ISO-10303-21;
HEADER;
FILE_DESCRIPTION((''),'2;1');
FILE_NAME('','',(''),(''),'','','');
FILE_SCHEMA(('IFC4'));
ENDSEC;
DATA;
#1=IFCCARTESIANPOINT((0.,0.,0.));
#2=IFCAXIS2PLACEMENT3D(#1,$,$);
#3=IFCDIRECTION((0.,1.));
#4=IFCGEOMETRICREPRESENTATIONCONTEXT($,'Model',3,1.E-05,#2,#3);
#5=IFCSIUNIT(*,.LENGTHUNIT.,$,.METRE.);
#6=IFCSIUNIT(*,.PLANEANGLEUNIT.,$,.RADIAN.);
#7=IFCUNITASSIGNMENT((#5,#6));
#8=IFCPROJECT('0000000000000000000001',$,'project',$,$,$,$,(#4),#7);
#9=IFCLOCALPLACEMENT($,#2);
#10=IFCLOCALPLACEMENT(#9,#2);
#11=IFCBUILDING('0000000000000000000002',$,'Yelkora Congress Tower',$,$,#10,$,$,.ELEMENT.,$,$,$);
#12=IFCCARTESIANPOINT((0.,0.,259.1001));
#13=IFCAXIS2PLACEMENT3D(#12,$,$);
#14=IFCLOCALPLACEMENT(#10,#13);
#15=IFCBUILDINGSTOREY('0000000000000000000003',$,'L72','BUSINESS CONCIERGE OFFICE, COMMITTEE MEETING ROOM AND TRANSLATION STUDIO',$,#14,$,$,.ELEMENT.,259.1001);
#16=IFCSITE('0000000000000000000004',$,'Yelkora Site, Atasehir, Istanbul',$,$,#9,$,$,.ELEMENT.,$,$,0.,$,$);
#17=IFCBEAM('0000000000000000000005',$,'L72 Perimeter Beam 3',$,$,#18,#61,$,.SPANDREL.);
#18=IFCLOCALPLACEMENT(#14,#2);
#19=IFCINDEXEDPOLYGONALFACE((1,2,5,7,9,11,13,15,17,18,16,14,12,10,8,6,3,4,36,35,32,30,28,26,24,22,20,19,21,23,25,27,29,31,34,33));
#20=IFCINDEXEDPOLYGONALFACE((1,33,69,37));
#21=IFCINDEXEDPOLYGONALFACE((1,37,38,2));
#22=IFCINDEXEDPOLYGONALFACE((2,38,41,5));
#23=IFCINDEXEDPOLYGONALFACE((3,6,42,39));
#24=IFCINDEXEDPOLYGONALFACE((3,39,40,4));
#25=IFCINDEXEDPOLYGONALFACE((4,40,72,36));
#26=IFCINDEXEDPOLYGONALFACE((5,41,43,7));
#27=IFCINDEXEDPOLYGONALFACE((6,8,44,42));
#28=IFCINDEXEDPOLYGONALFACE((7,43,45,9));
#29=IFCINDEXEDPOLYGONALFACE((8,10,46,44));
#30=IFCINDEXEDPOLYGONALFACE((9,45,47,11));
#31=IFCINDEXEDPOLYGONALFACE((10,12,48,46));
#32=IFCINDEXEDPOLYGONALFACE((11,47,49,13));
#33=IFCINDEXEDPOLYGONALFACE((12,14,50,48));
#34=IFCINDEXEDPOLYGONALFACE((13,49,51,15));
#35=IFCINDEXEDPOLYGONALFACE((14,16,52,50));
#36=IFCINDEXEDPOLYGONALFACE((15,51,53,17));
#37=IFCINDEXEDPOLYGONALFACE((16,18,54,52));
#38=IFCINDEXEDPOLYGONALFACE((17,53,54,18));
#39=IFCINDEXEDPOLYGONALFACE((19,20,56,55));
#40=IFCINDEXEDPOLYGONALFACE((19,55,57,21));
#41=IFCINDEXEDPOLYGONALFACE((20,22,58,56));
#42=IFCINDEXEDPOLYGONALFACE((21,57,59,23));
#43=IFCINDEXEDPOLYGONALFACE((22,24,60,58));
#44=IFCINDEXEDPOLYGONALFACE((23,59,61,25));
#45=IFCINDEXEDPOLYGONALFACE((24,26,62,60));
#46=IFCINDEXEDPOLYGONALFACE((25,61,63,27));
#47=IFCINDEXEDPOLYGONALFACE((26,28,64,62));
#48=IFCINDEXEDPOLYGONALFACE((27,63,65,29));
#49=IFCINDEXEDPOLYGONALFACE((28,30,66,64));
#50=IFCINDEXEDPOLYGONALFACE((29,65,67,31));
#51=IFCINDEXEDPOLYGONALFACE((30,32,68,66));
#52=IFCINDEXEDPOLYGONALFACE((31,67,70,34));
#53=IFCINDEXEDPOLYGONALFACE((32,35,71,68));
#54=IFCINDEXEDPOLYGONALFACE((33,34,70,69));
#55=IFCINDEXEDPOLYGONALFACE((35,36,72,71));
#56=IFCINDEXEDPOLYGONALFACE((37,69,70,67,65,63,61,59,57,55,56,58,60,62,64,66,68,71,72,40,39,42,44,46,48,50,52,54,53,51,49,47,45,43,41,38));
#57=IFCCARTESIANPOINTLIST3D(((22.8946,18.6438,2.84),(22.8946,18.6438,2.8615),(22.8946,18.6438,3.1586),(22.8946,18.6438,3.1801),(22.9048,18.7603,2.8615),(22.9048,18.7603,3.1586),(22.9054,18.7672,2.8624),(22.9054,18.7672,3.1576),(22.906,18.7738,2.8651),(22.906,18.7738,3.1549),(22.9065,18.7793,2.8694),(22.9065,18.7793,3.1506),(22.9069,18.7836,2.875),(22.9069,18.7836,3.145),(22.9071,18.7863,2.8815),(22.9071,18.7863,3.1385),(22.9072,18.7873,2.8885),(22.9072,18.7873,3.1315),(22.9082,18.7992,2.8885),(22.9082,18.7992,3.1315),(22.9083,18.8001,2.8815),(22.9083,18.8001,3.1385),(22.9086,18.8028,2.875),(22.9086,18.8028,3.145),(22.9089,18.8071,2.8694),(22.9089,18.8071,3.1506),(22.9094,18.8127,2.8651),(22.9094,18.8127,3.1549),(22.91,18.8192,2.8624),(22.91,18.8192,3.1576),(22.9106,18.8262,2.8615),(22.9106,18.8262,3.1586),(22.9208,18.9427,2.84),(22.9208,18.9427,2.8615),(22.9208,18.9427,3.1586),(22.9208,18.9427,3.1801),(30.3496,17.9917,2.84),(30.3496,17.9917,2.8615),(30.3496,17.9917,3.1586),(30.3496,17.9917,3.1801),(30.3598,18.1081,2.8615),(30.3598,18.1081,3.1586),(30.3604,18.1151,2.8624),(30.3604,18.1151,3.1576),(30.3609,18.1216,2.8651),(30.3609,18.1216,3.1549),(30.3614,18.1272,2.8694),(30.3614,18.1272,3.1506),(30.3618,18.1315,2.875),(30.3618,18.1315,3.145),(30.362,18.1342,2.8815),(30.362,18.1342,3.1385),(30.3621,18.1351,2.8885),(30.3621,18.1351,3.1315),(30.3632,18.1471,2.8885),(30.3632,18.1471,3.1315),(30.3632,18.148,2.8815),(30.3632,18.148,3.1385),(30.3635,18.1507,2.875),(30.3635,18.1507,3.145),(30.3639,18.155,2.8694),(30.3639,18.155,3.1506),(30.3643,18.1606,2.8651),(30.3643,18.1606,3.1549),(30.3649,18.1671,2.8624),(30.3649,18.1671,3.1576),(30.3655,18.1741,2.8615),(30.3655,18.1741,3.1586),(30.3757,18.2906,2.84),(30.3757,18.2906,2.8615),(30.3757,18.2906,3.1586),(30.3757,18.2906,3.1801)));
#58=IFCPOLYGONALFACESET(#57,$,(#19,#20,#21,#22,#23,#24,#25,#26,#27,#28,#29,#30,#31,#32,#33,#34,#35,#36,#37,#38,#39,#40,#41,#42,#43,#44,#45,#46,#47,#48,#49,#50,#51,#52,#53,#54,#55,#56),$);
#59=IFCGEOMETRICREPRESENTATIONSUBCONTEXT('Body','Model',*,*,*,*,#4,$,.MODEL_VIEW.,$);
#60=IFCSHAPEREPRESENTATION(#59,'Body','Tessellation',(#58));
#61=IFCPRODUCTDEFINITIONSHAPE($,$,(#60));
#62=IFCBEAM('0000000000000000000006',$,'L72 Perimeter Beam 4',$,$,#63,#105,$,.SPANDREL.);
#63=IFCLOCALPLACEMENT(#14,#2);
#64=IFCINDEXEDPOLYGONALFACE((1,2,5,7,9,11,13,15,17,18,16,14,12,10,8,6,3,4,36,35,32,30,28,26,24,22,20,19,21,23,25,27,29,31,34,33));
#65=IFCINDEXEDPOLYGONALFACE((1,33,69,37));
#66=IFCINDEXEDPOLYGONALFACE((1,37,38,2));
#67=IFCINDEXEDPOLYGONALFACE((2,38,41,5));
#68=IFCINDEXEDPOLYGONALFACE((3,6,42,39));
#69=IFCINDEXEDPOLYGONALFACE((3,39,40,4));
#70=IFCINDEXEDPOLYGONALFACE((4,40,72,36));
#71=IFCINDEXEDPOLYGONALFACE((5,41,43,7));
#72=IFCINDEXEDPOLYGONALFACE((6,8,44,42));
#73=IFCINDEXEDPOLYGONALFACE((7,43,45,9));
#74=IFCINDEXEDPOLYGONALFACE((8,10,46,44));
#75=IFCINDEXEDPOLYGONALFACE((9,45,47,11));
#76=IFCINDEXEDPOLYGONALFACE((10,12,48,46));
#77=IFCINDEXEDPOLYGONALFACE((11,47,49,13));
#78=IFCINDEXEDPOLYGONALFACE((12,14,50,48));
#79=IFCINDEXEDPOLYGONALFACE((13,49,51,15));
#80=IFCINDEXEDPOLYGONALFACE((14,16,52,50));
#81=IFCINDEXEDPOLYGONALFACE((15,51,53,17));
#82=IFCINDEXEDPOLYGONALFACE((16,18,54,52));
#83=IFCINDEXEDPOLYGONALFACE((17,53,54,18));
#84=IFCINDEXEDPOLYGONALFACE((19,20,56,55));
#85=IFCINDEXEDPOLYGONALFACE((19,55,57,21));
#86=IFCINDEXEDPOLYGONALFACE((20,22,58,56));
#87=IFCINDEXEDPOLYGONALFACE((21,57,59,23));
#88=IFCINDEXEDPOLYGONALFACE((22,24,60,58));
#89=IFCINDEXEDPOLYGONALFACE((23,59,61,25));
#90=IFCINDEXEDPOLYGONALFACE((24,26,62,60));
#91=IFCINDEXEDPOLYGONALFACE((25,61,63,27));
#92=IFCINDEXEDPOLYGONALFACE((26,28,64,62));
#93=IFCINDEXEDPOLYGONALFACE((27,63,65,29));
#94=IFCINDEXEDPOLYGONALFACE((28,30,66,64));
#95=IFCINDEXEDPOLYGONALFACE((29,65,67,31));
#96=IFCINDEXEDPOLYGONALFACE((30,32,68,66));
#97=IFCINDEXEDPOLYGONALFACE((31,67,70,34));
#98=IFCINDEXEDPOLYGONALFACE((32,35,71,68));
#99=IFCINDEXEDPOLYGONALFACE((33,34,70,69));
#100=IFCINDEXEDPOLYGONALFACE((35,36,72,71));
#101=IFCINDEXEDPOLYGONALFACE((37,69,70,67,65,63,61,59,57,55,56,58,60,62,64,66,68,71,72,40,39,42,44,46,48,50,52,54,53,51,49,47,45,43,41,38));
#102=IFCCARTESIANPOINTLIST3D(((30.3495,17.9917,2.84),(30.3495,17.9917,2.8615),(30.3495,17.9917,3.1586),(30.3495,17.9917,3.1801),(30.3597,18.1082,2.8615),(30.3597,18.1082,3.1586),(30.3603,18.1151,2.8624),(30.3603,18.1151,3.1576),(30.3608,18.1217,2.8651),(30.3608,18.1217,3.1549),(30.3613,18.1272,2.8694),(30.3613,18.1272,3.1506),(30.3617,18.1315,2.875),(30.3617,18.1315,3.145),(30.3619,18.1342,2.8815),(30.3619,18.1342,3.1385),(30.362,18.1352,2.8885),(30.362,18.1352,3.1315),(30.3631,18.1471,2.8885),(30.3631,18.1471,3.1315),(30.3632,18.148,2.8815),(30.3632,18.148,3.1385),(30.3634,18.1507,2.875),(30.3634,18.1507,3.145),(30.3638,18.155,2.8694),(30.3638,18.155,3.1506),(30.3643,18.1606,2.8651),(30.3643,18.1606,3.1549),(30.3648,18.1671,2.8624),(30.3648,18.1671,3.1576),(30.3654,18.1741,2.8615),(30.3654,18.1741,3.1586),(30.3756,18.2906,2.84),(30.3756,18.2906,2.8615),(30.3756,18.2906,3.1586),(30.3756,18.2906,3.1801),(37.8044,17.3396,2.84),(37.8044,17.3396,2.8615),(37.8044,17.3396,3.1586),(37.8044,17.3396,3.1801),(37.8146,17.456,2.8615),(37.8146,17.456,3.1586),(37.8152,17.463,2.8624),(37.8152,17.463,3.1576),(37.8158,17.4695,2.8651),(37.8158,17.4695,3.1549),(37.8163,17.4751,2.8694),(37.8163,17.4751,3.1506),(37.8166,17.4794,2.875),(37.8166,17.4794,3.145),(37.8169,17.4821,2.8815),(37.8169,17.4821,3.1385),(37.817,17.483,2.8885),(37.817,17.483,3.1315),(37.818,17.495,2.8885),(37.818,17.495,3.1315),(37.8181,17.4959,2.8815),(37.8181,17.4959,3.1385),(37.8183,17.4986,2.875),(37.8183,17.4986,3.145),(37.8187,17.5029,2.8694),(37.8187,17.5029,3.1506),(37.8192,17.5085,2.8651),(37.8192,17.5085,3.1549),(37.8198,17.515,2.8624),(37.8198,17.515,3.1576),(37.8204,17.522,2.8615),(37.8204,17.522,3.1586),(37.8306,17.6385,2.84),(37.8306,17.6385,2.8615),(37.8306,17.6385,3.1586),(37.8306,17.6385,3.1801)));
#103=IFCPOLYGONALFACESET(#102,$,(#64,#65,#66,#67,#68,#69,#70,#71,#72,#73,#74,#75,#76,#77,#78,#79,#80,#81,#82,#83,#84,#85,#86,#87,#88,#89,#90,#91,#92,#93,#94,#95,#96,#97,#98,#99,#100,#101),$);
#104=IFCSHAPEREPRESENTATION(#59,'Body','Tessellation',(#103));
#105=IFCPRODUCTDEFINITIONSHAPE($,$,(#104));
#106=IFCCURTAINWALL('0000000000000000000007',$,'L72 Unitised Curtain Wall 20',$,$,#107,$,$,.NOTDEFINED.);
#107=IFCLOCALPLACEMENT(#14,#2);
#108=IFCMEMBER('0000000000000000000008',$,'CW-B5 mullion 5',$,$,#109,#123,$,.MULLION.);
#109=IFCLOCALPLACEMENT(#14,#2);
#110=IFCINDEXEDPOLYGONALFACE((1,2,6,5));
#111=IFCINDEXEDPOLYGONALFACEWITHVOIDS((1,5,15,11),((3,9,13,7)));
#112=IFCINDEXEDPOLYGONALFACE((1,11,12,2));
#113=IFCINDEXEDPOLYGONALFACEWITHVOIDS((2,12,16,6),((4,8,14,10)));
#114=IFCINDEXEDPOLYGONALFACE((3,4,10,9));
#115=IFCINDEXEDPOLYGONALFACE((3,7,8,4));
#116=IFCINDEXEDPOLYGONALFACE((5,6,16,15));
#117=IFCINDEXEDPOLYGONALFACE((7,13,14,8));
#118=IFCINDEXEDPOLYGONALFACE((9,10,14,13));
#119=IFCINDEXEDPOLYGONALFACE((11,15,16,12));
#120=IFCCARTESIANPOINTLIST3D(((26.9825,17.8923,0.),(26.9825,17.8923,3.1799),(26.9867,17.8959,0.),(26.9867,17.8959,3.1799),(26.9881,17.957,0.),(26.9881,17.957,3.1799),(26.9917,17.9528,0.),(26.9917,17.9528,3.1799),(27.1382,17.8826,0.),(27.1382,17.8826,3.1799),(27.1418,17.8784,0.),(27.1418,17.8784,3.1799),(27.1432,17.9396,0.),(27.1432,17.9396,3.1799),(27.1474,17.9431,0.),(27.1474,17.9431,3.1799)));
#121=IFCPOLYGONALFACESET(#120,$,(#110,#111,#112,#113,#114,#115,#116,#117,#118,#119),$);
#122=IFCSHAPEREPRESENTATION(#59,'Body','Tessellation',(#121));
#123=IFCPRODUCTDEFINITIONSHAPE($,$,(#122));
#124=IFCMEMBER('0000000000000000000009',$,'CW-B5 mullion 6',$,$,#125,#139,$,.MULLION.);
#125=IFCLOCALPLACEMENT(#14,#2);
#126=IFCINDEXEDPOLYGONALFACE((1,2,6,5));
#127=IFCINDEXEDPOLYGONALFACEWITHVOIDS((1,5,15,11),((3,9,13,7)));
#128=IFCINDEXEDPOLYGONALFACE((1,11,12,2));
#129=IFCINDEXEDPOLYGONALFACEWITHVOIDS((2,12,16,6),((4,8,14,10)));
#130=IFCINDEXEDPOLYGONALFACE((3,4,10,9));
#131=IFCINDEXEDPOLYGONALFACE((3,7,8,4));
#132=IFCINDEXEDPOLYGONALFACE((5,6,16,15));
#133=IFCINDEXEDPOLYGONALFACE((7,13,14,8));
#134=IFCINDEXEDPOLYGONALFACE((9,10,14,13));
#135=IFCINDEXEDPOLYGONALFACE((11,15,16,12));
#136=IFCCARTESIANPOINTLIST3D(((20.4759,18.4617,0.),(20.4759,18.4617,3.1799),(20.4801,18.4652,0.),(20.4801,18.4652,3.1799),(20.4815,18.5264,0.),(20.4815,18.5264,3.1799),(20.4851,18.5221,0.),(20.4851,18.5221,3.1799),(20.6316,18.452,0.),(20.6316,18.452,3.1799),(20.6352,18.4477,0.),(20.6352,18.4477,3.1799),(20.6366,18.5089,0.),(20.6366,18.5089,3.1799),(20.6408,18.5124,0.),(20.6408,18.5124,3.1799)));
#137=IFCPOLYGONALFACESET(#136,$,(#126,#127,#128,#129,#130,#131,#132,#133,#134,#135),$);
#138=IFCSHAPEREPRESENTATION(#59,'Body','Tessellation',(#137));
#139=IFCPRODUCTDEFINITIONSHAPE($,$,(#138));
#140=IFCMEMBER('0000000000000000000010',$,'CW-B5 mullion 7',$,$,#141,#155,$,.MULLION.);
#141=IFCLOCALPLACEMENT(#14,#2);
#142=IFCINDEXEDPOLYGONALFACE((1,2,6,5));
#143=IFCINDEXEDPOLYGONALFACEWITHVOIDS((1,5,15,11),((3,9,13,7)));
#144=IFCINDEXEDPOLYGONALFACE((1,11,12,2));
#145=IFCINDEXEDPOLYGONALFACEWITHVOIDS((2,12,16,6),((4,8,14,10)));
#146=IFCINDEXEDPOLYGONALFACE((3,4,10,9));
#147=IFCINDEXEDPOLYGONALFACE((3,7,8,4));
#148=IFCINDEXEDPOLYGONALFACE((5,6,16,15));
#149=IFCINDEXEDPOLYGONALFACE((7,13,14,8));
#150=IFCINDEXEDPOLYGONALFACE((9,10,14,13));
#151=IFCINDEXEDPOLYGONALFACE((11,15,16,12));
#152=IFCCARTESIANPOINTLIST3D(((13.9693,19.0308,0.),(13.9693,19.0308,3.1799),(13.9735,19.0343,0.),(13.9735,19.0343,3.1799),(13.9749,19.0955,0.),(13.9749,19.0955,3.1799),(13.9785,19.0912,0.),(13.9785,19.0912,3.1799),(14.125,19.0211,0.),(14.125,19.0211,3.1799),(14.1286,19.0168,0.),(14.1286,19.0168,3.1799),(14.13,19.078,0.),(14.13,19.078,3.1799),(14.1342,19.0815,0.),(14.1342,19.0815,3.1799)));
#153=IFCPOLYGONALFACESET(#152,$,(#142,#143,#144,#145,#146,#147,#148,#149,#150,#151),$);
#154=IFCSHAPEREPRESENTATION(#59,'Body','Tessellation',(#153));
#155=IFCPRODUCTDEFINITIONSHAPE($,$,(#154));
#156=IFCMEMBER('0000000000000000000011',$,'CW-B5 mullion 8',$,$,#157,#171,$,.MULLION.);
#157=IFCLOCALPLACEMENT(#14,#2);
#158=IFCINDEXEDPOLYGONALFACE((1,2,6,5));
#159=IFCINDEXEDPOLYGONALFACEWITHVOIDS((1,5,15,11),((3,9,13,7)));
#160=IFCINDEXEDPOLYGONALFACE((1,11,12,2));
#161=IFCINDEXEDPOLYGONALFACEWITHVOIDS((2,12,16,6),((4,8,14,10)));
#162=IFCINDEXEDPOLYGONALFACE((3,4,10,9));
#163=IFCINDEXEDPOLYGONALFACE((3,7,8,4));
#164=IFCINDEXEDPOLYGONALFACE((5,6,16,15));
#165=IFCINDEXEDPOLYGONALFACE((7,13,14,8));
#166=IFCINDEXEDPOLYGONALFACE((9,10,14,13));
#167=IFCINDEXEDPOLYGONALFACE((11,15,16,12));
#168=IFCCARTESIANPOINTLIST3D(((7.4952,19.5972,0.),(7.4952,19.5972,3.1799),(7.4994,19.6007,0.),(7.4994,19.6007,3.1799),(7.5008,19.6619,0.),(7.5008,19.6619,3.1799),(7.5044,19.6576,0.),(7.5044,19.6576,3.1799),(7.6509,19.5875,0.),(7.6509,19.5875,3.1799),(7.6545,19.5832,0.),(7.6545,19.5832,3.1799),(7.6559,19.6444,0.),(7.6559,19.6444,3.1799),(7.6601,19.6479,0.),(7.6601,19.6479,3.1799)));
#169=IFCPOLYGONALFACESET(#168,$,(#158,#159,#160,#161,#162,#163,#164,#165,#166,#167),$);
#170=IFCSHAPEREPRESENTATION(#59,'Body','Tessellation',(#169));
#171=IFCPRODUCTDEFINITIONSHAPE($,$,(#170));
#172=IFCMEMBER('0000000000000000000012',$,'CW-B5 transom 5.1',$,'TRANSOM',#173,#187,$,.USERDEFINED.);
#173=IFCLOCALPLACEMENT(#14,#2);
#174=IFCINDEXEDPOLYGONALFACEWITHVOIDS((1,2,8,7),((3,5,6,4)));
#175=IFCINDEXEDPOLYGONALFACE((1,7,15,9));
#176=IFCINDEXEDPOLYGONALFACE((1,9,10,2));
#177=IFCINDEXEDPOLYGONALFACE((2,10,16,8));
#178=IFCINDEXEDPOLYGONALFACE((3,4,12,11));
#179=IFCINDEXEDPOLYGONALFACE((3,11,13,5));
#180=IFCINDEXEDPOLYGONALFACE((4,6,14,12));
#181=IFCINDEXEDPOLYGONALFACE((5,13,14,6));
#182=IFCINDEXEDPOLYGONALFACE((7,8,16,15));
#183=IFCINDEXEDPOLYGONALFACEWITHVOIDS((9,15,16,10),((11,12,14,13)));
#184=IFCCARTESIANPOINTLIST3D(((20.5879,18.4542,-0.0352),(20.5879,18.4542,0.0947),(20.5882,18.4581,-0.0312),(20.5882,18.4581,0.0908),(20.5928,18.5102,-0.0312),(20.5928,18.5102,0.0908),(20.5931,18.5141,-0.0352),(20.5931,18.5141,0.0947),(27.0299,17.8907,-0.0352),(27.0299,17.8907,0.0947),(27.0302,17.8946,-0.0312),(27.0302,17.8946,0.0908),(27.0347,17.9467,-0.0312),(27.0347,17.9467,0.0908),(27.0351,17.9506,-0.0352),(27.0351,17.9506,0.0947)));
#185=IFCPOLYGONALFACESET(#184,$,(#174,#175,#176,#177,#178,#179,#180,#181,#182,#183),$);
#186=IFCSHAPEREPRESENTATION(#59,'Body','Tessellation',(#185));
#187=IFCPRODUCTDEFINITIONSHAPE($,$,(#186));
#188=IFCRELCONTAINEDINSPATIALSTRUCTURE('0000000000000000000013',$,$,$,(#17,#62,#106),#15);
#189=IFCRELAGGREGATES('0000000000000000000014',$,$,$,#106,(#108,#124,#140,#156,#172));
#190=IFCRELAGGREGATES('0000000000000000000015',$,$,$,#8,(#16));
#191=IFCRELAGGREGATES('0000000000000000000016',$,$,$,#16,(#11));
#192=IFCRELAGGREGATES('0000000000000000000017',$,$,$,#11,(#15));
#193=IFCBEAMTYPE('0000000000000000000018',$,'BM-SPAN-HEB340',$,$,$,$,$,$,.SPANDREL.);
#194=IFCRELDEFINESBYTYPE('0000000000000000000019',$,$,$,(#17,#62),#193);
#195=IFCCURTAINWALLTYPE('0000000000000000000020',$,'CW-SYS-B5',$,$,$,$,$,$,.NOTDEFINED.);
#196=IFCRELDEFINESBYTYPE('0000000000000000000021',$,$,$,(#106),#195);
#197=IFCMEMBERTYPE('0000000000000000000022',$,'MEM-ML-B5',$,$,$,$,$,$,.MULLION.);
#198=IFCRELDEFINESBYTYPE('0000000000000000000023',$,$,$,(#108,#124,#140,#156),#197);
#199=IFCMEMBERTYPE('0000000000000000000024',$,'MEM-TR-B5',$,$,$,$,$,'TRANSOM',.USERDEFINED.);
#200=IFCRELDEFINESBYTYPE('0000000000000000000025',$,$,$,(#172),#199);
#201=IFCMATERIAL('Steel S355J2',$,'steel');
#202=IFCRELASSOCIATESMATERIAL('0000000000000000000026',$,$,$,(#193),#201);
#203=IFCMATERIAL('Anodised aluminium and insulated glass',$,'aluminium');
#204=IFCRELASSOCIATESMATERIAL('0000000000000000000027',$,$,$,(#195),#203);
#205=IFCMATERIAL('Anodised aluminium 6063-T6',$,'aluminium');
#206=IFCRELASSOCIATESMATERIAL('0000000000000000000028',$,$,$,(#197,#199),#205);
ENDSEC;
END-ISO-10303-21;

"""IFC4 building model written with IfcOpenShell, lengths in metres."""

from ifc_helpers import new_model, si_unit, direction, frame, origin, origin_2d, place, context, subcontext, project, spatial, hollow_rectangle, i_section, extrude, material, material_profile, profile_set, type_object, element, aggregate, save


model = new_model("IFC4")

# Units and contexts
model_context = context("Model", 3, precision=1e-05, world=origin(), true_north=direction((0.0, 1.0)))
body_context = subcontext(model_context, "Body", "Model", "MODEL_VIEW")
ifc_project = project(units=[si_unit("LENGTHUNIT", "METRE"), si_unit("PLANEANGLEUNIT", "RADIAN")], contexts=[model_context])

# Site, building, storey
site_placement = place(None, origin())
site = spatial("IfcSite", under=ifc_project, at=site_placement, Name="Yelkora Site, Atasehir, Istanbul", CompositionType="ELEMENT", RefElevation=0.0)
building_placement = place(site_placement, origin())
building = spatial("IfcBuilding", under=site, at=building_placement, Name="Yelkora Congress Tower", CompositionType="ELEMENT")
storey_placement = place(building_placement, frame((0.0, 0.0, 259.1001)))
storey = spatial("IfcBuildingStorey", under=building, at=storey_placement, Name="L72", Description="BUSINESS CONCIERGE OFFICE, COMMITTEE MEETING ROOM AND TRANSLATION STUDIO", CompositionType="ELEMENT", Elevation=259.1001)

# Shared definitions
ifc_material_1 = material(Name="Steel S355J2", Category="steel")

# Beams
ifc_material_profile_1 = material_profile(ifc_material_1, i_section(OverallWidth=0.3, OverallDepth=0.3401, WebThickness=0.012, FlangeThickness=0.0215, FilletRadius=0.0271, at=origin_2d()), Name="HEB 340")
ifc_profile_set_1 = profile_set([ifc_material_profile_1], Name="Steel S355J2")
beam_type_1 = type_object("IfcBeamType", Name="BM-SPAN-HEB340", PredefinedType="SPANDREL", material=ifc_profile_set_1)
for number, where, z_axis, x_axis, name in (
    (1, (22.9077, 18.7932, 3.01), (0.996196, -0.087141, 0.0), (0.087141, 0.996196, 0.0), "L72 Perimeter Beam 3"),
    (2, (30.3625, 18.1411, 3.01), (0.996196, -0.087141, 0.0), (0.087141, 0.996196, 0.0), "L72 Perimeter Beam 4"),
):
    element("IfcBeam", number, at=place(storey_placement, frame(where, z_axis=z_axis, x_axis=x_axis)), inside=storey, type_object=beam_type_1, Name=name, PredefinedType="SPANDREL", context=body_context, shape_type="SweptSolid", body=[
        extrude(i_section(OverallWidth=0.3, OverallDepth=0.3401, WebThickness=0.012, FlangeThickness=0.0215, FilletRadius=0.0271, at=origin_2d()), origin(), (0.0, 0.0, 1.0), 7.4834),
    ])

# Curtain wall, members
ifc_material_2 = material(Name="Anodised aluminium and insulated glass", Category="aluminium")
curtain_wall_type = type_object("IfcCurtainWallType", Name="CW-SYS-B5", PredefinedType="NOTDEFINED", material=ifc_material_2)
curtain_wall_placement = place(storey_placement, origin())
curtain_wall = element("IfcCurtainWall", 3, at=curtain_wall_placement, inside=storey, type_object=curtain_wall_type, Name="L72 Unitised Curtain Wall 20", PredefinedType="NOTDEFINED")
ifc_material_3 = material(Name="Anodised aluminium 6063-T6", Category="aluminium")
ifc_material_profile_2 = material_profile(ifc_material_3, hollow_rectangle(XDim=0.0649, YDim=0.1599, WallThickness=0.0039, at=origin_2d()), Name="ALU 65x160x4")
ifc_profile_set_2 = profile_set([ifc_material_profile_2], Name="Anodised aluminium 6063-T6")
member_type_1 = type_object("IfcMemberType", Name="MEM-ML-B5", PredefinedType="MULLION", material=ifc_profile_set_2)
member_1_placement = place(storey_placement, frame((27.0649, 17.9177, 0.0), z_axis=(0.0, 0.0, 1.0), x_axis=(-0.087157, -0.996195, 0.0)))
member_1 = element("IfcMember", 4, at=member_1_placement, type_object=member_type_1, Name="CW-B5 mullion 5", PredefinedType="MULLION", context=body_context, shape_type="SweptSolid", body=[
    extrude(hollow_rectangle(XDim=0.0649, YDim=0.1599, WallThickness=0.0039, at=origin_2d()), origin(), (0.0, 0.0, 1.0), 3.1799),
])
member_2_placement = place(storey_placement, frame((20.5583, 18.4871, 0.0), z_axis=(0.0, 0.0, 1.0), x_axis=(-0.087157, -0.996195, 0.0)))
member_2 = element("IfcMember", 5, at=member_2_placement, type_object=member_type_1, Name="CW-B5 mullion 6", PredefinedType="MULLION", context=body_context, shape_type="SweptSolid", body=[
    extrude(hollow_rectangle(XDim=0.0649, YDim=0.1599, WallThickness=0.0039, at=origin_2d()), origin(), (0.0, 0.0, 1.0), 3.1799),
])
member_3_placement = place(storey_placement, frame((14.0518, 19.0562, 0.0), z_axis=(0.0, 0.0, 1.0), x_axis=(-0.087157, -0.996195, 0.0)))
member_3 = element("IfcMember", 6, at=member_3_placement, type_object=member_type_1, Name="CW-B5 mullion 7", PredefinedType="MULLION", context=body_context, shape_type="SweptSolid", body=[
    extrude(hollow_rectangle(XDim=0.0649, YDim=0.1599, WallThickness=0.0039, at=origin_2d()), origin(), (0.0, 0.0, 1.0), 3.1799),
])
member_4_placement = place(storey_placement, frame((7.5776, 19.6226, 0.0), z_axis=(0.0, 0.0, 1.0), x_axis=(-0.087157, -0.996195, 0.0)))
member_4 = element("IfcMember", 7, at=member_4_placement, type_object=member_type_1, Name="CW-B5 mullion 8", PredefinedType="MULLION", context=body_context, shape_type="SweptSolid", body=[
    extrude(hollow_rectangle(XDim=0.0649, YDim=0.1599, WallThickness=0.0039, at=origin_2d()), origin(), (0.0, 0.0, 1.0), 3.1799),
])
ifc_material_profile_3 = material_profile(ifc_material_3, hollow_rectangle(XDim=0.0601, YDim=0.1299, WallThickness=0.0039, at=origin_2d()), Name="ALU 60x130x4")
ifc_profile_set_3 = profile_set([ifc_material_profile_3], Name="Anodised aluminium 6063-T6")
member_type_2 = type_object("IfcMemberType", Name="MEM-TR-B5", ElementType="TRANSOM", PredefinedType="USERDEFINED", material=ifc_profile_set_3)
member_5_placement = place(storey_placement, frame((27.0325, 17.9207, 0.0298), z_axis=(-0.996196, 0.087138, 0.0), x_axis=(-0.087138, -0.996196, 0.0)))
member_5 = element("IfcMember", 8, at=member_5_placement, type_object=member_type_2, Name="CW-B5 transom 5.1", ObjectType="TRANSOM", PredefinedType="USERDEFINED", context=body_context, shape_type="SweptSolid", body=[
    extrude(hollow_rectangle(XDim=0.0601, YDim=0.1299, WallThickness=0.0039, at=origin_2d()), origin(), (0.0, 0.0, 1.0), 6.4666),
])
aggregate(curtain_wall, [member_1, member_2, member_3, member_4, member_5])

save(model, "model.ifc")
